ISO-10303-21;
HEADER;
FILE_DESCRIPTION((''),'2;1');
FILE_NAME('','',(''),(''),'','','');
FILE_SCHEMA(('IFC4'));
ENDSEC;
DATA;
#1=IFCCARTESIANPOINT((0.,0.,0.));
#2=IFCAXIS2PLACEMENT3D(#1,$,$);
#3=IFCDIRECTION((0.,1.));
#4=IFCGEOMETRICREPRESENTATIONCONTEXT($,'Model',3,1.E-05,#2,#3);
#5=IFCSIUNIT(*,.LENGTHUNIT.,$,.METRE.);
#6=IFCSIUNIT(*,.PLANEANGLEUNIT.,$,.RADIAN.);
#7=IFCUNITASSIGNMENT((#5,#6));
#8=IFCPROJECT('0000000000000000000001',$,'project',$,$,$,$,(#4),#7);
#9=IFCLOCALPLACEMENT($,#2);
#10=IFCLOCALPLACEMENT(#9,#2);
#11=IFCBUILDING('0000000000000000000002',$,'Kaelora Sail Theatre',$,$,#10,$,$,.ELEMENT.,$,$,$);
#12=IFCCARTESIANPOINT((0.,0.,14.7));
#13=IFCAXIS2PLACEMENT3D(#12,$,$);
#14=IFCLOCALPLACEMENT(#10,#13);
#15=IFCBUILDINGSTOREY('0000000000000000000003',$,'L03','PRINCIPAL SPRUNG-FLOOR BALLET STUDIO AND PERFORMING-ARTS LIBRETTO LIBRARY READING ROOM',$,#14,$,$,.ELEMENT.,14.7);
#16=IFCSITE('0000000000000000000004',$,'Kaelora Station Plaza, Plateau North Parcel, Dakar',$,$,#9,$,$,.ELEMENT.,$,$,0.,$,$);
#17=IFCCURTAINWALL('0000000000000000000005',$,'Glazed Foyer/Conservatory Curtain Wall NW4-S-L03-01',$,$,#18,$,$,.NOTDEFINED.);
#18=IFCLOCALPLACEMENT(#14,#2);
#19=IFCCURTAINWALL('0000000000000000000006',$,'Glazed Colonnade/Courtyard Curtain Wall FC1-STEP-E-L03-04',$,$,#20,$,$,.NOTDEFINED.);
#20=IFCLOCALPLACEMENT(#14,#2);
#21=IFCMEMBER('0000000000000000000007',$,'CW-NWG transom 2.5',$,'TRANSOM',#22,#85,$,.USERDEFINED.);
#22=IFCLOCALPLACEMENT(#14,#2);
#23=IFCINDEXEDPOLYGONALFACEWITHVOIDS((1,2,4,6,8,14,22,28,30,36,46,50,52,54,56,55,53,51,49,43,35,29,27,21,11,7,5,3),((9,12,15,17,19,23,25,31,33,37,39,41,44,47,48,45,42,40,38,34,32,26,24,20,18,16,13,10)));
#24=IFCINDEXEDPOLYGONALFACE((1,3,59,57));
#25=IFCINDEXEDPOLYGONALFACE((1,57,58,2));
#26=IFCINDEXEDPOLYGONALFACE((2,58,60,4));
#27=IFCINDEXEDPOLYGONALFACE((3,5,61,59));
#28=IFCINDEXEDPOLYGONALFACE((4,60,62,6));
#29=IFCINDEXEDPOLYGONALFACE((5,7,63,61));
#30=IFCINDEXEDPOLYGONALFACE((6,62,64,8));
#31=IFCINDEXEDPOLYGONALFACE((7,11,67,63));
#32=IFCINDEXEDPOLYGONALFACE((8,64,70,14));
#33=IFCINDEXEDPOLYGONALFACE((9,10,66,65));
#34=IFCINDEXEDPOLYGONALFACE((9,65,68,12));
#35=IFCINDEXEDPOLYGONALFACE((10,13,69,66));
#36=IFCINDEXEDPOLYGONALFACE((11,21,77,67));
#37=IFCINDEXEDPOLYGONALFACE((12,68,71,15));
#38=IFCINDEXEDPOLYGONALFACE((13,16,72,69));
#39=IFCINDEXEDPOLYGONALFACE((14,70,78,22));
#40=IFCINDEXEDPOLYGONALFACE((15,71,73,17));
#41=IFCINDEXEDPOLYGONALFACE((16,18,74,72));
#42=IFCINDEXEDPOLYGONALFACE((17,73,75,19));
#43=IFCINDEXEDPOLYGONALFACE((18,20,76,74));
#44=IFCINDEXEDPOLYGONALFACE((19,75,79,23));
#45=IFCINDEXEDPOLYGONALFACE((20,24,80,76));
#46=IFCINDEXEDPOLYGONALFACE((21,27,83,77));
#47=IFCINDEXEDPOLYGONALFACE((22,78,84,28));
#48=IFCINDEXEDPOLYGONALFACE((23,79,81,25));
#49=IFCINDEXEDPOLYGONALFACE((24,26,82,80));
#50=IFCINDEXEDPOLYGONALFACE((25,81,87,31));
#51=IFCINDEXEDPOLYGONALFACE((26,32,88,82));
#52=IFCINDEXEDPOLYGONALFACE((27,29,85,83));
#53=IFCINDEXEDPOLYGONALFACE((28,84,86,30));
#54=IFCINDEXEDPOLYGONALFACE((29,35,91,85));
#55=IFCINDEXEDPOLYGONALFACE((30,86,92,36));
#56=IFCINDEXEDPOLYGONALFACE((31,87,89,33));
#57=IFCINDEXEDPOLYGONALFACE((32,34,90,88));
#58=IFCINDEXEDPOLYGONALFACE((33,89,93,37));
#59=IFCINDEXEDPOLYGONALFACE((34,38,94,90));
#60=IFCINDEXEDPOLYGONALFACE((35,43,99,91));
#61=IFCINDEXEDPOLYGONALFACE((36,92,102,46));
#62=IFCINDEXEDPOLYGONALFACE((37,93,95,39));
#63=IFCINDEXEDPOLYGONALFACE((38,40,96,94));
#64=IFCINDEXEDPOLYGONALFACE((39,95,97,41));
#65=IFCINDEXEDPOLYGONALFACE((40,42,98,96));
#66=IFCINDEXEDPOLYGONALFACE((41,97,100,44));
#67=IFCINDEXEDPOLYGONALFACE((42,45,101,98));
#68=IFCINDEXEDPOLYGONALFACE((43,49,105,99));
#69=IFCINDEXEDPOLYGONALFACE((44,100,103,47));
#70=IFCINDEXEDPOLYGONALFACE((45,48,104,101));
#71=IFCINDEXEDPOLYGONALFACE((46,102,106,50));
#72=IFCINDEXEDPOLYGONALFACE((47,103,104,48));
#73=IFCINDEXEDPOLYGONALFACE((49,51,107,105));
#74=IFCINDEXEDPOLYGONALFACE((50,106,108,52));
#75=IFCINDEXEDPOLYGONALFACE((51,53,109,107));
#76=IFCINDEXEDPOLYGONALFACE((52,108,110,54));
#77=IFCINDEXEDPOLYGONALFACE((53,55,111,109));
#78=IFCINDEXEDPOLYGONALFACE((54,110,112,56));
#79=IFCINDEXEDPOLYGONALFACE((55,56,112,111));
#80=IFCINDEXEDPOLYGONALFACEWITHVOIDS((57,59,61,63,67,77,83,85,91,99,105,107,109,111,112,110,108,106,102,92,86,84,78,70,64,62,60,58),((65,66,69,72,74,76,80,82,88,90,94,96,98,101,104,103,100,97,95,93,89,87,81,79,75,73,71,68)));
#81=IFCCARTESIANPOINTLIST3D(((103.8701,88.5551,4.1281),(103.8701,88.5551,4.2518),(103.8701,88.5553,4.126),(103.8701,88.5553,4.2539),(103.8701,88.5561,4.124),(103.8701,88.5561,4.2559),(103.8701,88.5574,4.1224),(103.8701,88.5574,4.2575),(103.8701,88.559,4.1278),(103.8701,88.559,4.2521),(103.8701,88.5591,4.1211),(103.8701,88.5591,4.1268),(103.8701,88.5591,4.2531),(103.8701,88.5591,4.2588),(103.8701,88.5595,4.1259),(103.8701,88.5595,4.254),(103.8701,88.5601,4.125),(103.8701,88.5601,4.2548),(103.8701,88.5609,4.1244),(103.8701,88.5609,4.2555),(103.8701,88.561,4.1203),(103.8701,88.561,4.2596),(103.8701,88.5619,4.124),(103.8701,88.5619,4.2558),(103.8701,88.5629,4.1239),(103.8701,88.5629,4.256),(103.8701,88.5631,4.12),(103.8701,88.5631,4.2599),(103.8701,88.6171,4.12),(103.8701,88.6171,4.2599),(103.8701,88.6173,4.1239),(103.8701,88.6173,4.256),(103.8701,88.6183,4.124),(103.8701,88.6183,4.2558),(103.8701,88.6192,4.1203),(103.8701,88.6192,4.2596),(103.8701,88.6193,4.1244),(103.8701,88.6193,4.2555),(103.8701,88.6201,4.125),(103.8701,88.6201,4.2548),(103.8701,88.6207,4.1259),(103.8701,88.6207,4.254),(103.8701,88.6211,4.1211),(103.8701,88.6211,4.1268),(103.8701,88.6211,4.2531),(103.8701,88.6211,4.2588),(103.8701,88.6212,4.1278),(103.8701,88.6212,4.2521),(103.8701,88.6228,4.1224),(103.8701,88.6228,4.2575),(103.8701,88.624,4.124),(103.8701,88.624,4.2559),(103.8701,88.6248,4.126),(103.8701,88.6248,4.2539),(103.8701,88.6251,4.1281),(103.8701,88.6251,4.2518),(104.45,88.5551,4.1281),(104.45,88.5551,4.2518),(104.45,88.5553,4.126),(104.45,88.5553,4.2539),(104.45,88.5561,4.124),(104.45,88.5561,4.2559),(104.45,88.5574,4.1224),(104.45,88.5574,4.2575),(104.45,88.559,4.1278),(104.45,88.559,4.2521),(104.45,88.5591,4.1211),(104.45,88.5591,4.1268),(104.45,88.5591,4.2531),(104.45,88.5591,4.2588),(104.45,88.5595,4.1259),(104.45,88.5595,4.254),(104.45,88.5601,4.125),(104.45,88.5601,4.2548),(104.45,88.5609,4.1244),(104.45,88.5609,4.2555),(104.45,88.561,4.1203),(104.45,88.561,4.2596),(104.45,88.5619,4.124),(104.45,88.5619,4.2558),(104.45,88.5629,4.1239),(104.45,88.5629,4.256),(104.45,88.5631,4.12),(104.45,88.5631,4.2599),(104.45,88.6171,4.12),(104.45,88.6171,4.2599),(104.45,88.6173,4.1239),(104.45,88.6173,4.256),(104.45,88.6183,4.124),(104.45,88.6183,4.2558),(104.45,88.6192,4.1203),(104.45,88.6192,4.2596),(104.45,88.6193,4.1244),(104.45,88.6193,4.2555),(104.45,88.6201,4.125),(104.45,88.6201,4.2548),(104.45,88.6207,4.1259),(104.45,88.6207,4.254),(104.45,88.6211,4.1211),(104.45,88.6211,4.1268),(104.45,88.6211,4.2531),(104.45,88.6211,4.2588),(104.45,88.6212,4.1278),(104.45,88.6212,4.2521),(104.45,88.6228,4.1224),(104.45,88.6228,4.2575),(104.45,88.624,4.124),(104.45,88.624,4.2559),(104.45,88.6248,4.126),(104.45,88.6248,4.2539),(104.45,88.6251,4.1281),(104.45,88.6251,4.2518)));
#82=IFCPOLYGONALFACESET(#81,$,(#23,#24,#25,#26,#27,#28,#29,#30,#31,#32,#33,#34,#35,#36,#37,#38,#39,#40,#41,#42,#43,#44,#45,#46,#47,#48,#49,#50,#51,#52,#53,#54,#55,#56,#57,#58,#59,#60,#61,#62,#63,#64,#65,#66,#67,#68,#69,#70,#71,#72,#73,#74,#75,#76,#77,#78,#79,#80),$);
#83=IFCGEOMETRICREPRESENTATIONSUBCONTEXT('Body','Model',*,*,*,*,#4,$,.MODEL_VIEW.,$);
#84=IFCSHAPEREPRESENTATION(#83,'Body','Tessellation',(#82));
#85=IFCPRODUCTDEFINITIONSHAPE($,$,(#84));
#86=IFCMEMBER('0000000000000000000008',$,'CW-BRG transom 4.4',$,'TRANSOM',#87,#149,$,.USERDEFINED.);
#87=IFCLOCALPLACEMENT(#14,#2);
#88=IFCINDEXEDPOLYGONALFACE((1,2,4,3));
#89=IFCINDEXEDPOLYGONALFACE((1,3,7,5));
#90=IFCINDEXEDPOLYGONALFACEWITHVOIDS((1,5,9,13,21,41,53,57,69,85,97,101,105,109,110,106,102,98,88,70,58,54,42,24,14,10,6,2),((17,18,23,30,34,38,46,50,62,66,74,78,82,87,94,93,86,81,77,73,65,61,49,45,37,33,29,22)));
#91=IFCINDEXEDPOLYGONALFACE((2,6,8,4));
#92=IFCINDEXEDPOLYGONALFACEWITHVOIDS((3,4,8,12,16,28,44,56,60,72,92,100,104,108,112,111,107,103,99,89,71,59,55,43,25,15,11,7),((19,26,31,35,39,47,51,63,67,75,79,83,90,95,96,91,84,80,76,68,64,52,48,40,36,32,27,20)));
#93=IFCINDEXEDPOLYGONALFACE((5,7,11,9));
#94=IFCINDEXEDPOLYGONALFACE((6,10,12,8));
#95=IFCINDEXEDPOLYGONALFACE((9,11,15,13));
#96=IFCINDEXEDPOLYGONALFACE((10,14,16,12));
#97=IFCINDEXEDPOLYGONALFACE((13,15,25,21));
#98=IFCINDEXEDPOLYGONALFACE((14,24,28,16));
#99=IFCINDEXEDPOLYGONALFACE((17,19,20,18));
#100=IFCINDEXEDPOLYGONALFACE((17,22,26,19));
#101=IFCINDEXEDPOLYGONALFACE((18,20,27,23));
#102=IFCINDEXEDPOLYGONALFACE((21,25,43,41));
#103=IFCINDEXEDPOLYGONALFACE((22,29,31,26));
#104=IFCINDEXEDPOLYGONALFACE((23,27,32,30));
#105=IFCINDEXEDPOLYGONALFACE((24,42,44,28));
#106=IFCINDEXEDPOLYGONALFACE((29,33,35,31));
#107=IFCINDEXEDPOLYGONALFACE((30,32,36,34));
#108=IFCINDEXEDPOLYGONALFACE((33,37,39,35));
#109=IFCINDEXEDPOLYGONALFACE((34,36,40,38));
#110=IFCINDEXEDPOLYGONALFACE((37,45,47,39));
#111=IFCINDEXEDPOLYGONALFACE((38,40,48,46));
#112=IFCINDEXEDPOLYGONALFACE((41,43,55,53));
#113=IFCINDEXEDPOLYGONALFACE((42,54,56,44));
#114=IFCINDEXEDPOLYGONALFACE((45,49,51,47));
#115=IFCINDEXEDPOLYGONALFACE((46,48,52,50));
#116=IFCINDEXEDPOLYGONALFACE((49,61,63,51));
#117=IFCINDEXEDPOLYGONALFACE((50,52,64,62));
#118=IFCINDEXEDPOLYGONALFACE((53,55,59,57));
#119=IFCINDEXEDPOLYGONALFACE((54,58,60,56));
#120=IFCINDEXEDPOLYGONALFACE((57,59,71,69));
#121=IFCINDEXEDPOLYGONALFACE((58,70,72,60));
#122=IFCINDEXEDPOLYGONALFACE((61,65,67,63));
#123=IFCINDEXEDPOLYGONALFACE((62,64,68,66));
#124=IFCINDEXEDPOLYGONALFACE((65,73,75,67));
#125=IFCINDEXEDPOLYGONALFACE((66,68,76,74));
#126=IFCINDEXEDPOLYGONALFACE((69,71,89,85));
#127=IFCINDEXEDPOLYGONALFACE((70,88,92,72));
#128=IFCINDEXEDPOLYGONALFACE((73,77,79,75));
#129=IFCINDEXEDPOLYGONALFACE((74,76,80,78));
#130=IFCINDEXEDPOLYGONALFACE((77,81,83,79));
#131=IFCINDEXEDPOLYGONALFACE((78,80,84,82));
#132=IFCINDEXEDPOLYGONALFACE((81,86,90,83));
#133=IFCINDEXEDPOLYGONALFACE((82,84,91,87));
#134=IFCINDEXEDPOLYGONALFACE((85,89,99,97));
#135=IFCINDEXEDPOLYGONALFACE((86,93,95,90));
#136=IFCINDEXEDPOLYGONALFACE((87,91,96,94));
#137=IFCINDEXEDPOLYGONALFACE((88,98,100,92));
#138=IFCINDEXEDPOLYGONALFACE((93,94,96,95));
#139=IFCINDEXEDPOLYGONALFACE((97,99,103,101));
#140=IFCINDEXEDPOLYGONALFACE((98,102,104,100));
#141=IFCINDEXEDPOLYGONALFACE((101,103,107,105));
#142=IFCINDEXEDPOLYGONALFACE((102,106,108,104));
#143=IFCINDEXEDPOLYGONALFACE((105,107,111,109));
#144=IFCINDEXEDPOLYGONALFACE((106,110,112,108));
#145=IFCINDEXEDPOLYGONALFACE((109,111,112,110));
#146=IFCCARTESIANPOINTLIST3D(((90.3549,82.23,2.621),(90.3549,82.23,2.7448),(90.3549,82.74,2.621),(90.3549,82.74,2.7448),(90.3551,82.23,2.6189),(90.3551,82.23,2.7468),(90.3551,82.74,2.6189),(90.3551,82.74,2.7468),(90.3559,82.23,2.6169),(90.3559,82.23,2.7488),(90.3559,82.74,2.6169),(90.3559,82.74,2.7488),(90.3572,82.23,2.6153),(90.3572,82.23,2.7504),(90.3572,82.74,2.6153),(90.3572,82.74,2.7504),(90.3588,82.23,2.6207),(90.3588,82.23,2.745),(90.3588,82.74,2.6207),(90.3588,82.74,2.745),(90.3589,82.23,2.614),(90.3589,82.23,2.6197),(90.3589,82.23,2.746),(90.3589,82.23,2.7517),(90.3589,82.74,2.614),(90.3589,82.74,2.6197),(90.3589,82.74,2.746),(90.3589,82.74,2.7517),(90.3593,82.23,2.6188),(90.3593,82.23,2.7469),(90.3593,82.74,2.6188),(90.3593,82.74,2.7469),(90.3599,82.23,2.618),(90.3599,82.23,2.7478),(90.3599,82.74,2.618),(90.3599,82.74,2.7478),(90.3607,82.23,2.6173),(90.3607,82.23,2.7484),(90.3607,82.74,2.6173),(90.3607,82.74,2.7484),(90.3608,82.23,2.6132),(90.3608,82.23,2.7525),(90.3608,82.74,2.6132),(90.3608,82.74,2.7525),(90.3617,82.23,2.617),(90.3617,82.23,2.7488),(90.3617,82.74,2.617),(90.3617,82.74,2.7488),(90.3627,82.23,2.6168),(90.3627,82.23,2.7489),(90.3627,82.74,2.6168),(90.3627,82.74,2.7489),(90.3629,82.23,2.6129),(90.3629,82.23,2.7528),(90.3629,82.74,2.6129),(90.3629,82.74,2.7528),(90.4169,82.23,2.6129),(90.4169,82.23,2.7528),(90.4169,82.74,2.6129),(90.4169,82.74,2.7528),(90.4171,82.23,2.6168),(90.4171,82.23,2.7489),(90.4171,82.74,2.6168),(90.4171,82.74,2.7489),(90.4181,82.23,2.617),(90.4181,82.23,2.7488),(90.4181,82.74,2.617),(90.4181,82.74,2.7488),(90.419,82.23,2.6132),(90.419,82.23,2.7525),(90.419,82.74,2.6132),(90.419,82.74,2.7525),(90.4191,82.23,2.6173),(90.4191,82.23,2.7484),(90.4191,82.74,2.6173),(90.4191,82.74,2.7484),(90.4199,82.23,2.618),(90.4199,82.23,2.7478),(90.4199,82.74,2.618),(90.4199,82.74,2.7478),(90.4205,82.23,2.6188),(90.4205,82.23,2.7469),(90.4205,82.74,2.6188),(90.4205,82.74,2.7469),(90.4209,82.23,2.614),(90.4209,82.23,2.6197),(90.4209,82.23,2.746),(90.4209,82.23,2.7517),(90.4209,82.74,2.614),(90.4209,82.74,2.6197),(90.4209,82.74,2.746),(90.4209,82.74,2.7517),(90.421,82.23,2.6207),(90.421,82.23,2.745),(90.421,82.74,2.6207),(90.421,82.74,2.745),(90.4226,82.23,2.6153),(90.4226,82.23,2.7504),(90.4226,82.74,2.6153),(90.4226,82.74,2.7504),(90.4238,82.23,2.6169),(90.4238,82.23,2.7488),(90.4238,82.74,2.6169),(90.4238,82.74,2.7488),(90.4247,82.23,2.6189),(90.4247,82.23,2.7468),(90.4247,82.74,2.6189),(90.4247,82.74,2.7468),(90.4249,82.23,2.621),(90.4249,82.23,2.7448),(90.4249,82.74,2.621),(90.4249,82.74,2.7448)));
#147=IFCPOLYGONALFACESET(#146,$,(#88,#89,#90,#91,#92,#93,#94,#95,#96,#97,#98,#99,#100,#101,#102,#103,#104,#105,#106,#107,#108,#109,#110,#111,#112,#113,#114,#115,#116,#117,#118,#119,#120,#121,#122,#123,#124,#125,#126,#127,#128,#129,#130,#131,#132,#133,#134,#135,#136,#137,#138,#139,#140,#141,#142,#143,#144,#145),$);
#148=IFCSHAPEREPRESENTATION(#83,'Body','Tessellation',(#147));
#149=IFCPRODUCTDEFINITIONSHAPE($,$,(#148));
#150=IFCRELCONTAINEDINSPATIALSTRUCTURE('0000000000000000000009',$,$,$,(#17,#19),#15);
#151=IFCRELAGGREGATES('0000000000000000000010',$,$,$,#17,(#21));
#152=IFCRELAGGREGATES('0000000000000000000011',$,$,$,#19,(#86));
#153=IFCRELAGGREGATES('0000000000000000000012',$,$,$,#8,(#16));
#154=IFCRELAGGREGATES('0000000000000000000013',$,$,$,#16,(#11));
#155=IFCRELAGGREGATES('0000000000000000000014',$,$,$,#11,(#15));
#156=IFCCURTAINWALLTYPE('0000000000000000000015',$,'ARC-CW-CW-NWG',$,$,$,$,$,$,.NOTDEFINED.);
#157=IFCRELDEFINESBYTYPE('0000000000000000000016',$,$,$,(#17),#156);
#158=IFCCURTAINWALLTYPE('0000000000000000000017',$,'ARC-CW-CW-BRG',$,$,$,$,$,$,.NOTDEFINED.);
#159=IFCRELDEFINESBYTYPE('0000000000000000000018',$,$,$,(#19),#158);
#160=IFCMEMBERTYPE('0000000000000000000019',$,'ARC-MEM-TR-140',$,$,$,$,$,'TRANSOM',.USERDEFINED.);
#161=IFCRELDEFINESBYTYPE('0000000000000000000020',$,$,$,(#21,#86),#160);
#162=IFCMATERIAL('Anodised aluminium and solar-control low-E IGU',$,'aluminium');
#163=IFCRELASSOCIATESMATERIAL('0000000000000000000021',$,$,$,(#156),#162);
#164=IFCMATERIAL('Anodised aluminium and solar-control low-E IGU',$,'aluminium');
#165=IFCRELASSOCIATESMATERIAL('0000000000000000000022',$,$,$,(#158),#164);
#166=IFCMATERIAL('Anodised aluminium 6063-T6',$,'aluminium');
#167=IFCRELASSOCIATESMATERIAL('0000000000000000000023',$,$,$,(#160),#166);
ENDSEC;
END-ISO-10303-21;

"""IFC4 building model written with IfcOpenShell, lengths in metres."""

from ifc_helpers import new_model, si_unit, direction, frame, origin, origin_2d, place, context, subcontext, project, spatial, hollow_rectangle, extrude, material, material_profile, profile_set, type_object, element, aggregate, save


model = new_model("IFC4")

# Units and contexts
model_context = context("Model", 3, precision=1e-05, world=origin(), true_north=direction((0.0, 1.0)))
body_context = subcontext(model_context, "Body", "Model", "MODEL_VIEW")
ifc_project = project(units=[si_unit("LENGTHUNIT", "METRE"), si_unit("PLANEANGLEUNIT", "RADIAN")], contexts=[model_context])

# Site, building, storey
site_placement = place(None, origin())
site = spatial("IfcSite", under=ifc_project, at=site_placement, Name="Kaelora Station Plaza, Plateau North Parcel, Dakar", CompositionType="ELEMENT", RefElevation=0.0)
building_placement = place(site_placement, origin())
building = spatial("IfcBuilding", under=site, at=building_placement, Name="Kaelora Sail Theatre", CompositionType="ELEMENT")
storey_placement = place(building_placement, frame((0.0, 0.0, 14.7)))
storey = spatial("IfcBuildingStorey", under=building, at=storey_placement, Name="L03", Description="PRINCIPAL SPRUNG-FLOOR BALLET STUDIO AND PERFORMING-ARTS LIBRETTO LIBRARY READING ROOM", CompositionType="ELEMENT", Elevation=14.7)

# Curtain wall
ifc_material_1 = material(Name="Anodised aluminium and solar-control low-E IGU", Category="aluminium")
curtain_wall_type_1 = type_object("IfcCurtainWallType", Name="ARC-CW-CW-NWG", PredefinedType="NOTDEFINED", material=ifc_material_1)
curtain_wall_1_placement = place(storey_placement, origin())
curtain_wall_1 = element("IfcCurtainWall", 1, at=curtain_wall_1_placement, inside=storey, type_object=curtain_wall_type_1, Name="Glazed Foyer/Conservatory Curtain Wall NW4-S-L03-01", PredefinedType="NOTDEFINED")

# Curtain wall
ifc_material_2 = material(Name="Anodised aluminium and solar-control low-E IGU", Category="aluminium")
curtain_wall_type_2 = type_object("IfcCurtainWallType", Name="ARC-CW-CW-BRG", PredefinedType="NOTDEFINED", material=ifc_material_2)
curtain_wall_2_placement = place(storey_placement, origin())
curtain_wall_2 = element("IfcCurtainWall", 2, at=curtain_wall_2_placement, inside=storey, type_object=curtain_wall_type_2, Name="Glazed Colonnade/Courtyard Curtain Wall FC1-STEP-E-L03-04", PredefinedType="NOTDEFINED")

# Members
ifc_material_3 = material(Name="Anodised aluminium 6063-T6", Category="aluminium")
ifc_material_profile_1 = material_profile(ifc_material_3, hollow_rectangle(XDim=0.0701, YDim=0.1399, WallThickness=0.0039, InnerFilletRadius=0.0039, OuterFilletRadius=0.0081, at=origin_2d()), Name="ALU-TRAN 70x140x4")
ifc_profile_set_1 = profile_set([ifc_material_profile_1], Name="Anodised aluminium 6063-T6")
member_type_1 = type_object("IfcMemberType", Name="ARC-MEM-TR-140", ElementType="TRANSOM", PredefinedType="USERDEFINED", material=ifc_profile_set_1)
member_1_placement = place(storey_placement, frame((103.8701, 88.5901, 4.1899), z_axis=(1.0, 0.0, 0.0), x_axis=(0.0, 1.0, 0.0)))
member_1 = element("IfcMember", 3, at=member_1_placement, type_object=member_type_1, Name="CW-NWG transom 2.5", ObjectType="TRANSOM", PredefinedType="USERDEFINED", context=body_context, shape_type="SweptSolid", body=[
    extrude(hollow_rectangle(XDim=0.0701, YDim=0.1399, WallThickness=0.0039, InnerFilletRadius=0.0039, OuterFilletRadius=0.0081, at=origin_2d()), origin(), (0.0, 0.0, 1.0), 0.5798),
])
member_2_placement = place(storey_placement, frame((90.3899, 82.23, 2.6829), z_axis=(0.0, 1.0, 0.0), x_axis=(-1.0, 0.0, 0.0)))
member_2 = element("IfcMember", 4, at=member_2_placement, type_object=member_type_1, Name="CW-BRG transom 4.4", ObjectType="TRANSOM", PredefinedType="USERDEFINED", context=body_context, shape_type="SweptSolid", body=[
    extrude(hollow_rectangle(XDim=0.0701, YDim=0.1399, WallThickness=0.0039, InnerFilletRadius=0.0039, OuterFilletRadius=0.0081, at=origin_2d()), origin(), (0.0, 0.0, 1.0), 0.51),
])

aggregate(curtain_wall_1, [member_1])
aggregate(curtain_wall_2, [member_2])

save(model, "model.ifc")
